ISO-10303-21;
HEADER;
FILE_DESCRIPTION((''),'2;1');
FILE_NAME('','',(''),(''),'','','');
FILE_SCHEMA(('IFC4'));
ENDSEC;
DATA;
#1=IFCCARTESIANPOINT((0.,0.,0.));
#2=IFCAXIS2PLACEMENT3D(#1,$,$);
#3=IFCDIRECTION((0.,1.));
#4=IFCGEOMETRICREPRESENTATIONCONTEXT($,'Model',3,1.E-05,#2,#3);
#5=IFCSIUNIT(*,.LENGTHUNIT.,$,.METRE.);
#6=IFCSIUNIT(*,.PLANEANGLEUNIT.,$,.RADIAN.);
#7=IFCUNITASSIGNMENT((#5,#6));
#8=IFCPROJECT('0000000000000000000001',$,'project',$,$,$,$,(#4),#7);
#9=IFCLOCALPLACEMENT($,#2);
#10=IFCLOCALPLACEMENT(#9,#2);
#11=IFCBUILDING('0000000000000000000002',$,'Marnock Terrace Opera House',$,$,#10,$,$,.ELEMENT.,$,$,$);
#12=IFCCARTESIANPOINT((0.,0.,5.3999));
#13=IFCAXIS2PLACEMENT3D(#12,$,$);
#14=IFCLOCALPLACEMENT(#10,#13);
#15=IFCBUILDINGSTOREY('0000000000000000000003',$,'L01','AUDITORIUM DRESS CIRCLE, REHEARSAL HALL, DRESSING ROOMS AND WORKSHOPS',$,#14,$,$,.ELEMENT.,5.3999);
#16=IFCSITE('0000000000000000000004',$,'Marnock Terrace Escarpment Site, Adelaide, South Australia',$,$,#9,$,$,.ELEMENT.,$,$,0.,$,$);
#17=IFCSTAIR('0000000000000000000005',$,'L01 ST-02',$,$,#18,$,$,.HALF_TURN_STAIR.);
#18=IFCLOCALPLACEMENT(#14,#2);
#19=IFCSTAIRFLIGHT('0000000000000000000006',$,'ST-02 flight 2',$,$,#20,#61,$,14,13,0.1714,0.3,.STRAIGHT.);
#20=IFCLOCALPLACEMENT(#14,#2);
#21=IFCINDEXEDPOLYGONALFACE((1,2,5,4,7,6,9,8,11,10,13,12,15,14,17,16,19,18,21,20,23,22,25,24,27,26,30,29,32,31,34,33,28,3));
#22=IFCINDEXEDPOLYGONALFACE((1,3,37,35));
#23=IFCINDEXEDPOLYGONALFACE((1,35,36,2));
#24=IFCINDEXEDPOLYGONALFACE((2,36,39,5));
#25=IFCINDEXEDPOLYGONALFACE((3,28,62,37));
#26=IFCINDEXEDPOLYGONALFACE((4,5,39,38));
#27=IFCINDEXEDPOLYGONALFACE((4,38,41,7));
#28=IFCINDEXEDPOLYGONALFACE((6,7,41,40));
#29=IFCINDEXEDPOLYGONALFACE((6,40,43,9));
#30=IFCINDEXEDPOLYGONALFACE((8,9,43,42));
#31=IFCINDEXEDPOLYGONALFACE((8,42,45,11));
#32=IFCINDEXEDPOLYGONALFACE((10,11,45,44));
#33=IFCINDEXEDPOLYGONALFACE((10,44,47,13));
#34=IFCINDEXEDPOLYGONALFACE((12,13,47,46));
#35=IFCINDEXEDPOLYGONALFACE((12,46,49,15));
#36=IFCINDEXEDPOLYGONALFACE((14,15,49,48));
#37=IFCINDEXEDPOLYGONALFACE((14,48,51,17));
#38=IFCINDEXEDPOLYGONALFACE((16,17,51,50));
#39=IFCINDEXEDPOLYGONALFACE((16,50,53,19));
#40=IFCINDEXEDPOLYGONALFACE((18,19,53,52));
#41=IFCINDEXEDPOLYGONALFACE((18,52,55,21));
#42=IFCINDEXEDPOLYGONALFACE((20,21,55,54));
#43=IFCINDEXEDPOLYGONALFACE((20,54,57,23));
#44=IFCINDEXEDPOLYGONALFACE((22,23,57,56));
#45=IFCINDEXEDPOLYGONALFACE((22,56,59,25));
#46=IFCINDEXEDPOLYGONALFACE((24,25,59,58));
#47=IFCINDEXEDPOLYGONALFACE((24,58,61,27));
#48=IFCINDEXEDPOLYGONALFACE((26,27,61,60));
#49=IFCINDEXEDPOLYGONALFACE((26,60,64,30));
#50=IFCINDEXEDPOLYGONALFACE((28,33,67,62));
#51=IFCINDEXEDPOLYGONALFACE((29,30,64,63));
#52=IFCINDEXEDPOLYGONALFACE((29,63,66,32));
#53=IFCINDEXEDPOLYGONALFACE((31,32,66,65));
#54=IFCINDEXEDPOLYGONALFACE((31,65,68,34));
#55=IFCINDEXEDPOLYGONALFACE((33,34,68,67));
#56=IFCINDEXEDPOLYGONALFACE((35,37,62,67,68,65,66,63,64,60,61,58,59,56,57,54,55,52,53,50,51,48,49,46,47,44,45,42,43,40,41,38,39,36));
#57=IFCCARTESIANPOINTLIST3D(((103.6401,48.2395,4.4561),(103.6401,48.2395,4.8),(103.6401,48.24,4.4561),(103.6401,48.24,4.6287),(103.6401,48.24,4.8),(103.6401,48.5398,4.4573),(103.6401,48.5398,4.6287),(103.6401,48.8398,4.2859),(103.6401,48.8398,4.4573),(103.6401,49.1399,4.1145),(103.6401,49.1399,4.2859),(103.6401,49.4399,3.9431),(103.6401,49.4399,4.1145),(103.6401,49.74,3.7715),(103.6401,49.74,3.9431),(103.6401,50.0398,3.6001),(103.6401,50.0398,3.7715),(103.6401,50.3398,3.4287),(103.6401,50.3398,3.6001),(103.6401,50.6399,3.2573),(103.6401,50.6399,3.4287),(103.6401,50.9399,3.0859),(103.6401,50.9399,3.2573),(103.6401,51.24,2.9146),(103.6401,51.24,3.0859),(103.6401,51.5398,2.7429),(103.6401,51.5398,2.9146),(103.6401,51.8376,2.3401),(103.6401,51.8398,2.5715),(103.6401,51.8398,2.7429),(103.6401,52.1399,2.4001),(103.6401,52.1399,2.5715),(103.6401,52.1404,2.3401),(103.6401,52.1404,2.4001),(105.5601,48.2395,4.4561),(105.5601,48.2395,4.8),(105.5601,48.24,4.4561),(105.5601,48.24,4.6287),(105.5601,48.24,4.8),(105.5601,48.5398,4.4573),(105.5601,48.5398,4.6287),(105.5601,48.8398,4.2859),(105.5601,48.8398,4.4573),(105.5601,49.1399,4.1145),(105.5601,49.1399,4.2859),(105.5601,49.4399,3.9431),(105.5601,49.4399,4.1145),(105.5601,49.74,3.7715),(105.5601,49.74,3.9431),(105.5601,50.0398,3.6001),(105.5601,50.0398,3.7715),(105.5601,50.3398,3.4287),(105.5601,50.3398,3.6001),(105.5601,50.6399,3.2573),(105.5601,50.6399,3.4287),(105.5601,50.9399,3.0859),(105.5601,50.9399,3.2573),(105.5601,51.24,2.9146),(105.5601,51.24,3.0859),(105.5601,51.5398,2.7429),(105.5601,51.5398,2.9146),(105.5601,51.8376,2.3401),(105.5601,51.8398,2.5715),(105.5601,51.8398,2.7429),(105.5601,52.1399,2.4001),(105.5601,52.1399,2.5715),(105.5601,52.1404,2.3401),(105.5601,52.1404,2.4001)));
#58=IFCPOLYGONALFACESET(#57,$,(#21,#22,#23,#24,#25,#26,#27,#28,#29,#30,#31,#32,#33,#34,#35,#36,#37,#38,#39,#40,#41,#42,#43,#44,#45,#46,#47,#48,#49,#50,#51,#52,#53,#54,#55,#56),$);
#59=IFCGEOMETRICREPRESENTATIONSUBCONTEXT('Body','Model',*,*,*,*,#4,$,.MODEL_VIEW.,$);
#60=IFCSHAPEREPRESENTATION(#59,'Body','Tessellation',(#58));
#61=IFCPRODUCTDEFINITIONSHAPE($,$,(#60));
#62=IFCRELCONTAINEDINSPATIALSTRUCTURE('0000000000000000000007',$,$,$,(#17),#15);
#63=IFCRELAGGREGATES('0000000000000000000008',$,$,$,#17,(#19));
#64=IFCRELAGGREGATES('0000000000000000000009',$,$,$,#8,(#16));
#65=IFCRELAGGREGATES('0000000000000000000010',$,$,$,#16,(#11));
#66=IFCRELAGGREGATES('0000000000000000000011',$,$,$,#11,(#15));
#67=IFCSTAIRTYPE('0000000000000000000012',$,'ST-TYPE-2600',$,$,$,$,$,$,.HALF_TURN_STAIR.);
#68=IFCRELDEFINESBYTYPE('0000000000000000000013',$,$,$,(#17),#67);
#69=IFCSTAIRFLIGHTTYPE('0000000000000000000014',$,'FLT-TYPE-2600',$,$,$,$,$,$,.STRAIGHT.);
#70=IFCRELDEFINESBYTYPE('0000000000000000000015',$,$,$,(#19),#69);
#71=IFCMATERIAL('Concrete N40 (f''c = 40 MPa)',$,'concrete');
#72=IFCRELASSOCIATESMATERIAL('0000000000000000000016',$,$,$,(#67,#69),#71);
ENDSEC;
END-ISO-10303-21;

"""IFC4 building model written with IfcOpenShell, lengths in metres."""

from ifc_helpers import new_model, si_unit, direction, frame, origin, place, context, subcontext, project, spatial, polyline, outline, extrude, material, type_object, element, aggregate, save


model = new_model("IFC4")

# Units and contexts
model_context = context("Model", 3, precision=1e-05, world=origin(), true_north=direction((0.0, 1.0)))
body_context = subcontext(model_context, "Body", "Model", "MODEL_VIEW")
ifc_project = project(units=[si_unit("LENGTHUNIT", "METRE"), si_unit("PLANEANGLEUNIT", "RADIAN")], contexts=[model_context])

# Site, building, storey
site_placement = place(None, origin())
site = spatial("IfcSite", under=ifc_project, at=site_placement, Name="Marnock Terrace Escarpment Site, Adelaide, South Australia", CompositionType="ELEMENT", RefElevation=0.0)
building_placement = place(site_placement, origin())
building = spatial("IfcBuilding", under=site, at=building_placement, Name="Marnock Terrace Opera House", CompositionType="ELEMENT")
storey_placement = place(building_placement, frame((0.0, 0.0, 5.3999)))
storey = spatial("IfcBuildingStorey", under=building, at=storey_placement, Name="L01", Description="AUDITORIUM DRESS CIRCLE, REHEARSAL HALL, DRESSING ROOMS AND WORKSHOPS", CompositionType="ELEMENT", Elevation=5.3999)

# Shared definitions
ifc_material_1 = material(Name="Concrete N40 (f'c = 40 MPa)", Category="concrete")

# Stair, stair flight
stair_type = type_object("IfcStairType", Name="ST-TYPE-2600", PredefinedType="HALF_TURN_STAIR", material=ifc_material_1)
stair_placement = place(storey_placement, origin())
stair = element("IfcStair", 1, at=stair_placement, inside=storey, type_object=stair_type, Name="L01 ST-02", PredefinedType="HALF_TURN_STAIR")
stair_flight_type = type_object("IfcStairFlightType", Name="FLT-TYPE-2600", PredefinedType="STRAIGHT", material=ifc_material_1)
stair_flight_1_placement = place(storey_placement, frame((104.6001, 52.1399, 2.4001), z_axis=(0.0, 0.0, 1.0), x_axis=(0.0, -1.0, 0.0)))
stair_flight_1 = element("IfcStairFlight", 2, at=stair_flight_1_placement, type_object=stair_flight_type, Name="ST-02 flight 2", NumberOfRisers=14, NumberOfTreads=13, PredefinedType="STRAIGHT", RiserHeight=0.1714, TreadLength=0.3, context=body_context, shape_type="SweptSolid", body=[
    extrude(outline(polyline([(-0.0005, -0.0601), (-0.0005, 0.0), (0.0, 0.0), (0.0, 0.1714), (0.3, 0.1714), (0.3, 0.3428), (0.6001, 0.3428), (0.6001, 0.5144), (0.8999, 0.5144), (0.8999, 0.6858), (1.2, 0.6858), (1.2, 0.8572), (1.5, 0.8572), (1.5, 1.0286), (1.8, 1.0286), (1.8, 1.2), (2.1001, 1.2), (2.1001, 1.3713), (2.3999, 1.3713), (2.3999, 1.543), (2.7, 1.543), (2.7, 1.7144), (3.0, 1.7144), (3.0, 1.8857), (3.3, 1.8857), (3.3, 2.0571), (3.6001, 2.0571), (3.6001, 2.2285), (3.8999, 2.2285), (3.8999, 2.3999), (3.9004, 2.3999), (3.9004, 2.0559), (3.8999, 2.0559), (0.3022, -0.0601), (-0.0005, -0.0601)])), frame((0.0, 0.96, 0.0), z_axis=(0.0, -1.0, 0.0), x_axis=(1.0, 0.0, 0.0)), (0.0, 0.0, 1.0), 1.9199),
])
aggregate(stair, [stair_flight_1])

save(model, "model.ifc")
